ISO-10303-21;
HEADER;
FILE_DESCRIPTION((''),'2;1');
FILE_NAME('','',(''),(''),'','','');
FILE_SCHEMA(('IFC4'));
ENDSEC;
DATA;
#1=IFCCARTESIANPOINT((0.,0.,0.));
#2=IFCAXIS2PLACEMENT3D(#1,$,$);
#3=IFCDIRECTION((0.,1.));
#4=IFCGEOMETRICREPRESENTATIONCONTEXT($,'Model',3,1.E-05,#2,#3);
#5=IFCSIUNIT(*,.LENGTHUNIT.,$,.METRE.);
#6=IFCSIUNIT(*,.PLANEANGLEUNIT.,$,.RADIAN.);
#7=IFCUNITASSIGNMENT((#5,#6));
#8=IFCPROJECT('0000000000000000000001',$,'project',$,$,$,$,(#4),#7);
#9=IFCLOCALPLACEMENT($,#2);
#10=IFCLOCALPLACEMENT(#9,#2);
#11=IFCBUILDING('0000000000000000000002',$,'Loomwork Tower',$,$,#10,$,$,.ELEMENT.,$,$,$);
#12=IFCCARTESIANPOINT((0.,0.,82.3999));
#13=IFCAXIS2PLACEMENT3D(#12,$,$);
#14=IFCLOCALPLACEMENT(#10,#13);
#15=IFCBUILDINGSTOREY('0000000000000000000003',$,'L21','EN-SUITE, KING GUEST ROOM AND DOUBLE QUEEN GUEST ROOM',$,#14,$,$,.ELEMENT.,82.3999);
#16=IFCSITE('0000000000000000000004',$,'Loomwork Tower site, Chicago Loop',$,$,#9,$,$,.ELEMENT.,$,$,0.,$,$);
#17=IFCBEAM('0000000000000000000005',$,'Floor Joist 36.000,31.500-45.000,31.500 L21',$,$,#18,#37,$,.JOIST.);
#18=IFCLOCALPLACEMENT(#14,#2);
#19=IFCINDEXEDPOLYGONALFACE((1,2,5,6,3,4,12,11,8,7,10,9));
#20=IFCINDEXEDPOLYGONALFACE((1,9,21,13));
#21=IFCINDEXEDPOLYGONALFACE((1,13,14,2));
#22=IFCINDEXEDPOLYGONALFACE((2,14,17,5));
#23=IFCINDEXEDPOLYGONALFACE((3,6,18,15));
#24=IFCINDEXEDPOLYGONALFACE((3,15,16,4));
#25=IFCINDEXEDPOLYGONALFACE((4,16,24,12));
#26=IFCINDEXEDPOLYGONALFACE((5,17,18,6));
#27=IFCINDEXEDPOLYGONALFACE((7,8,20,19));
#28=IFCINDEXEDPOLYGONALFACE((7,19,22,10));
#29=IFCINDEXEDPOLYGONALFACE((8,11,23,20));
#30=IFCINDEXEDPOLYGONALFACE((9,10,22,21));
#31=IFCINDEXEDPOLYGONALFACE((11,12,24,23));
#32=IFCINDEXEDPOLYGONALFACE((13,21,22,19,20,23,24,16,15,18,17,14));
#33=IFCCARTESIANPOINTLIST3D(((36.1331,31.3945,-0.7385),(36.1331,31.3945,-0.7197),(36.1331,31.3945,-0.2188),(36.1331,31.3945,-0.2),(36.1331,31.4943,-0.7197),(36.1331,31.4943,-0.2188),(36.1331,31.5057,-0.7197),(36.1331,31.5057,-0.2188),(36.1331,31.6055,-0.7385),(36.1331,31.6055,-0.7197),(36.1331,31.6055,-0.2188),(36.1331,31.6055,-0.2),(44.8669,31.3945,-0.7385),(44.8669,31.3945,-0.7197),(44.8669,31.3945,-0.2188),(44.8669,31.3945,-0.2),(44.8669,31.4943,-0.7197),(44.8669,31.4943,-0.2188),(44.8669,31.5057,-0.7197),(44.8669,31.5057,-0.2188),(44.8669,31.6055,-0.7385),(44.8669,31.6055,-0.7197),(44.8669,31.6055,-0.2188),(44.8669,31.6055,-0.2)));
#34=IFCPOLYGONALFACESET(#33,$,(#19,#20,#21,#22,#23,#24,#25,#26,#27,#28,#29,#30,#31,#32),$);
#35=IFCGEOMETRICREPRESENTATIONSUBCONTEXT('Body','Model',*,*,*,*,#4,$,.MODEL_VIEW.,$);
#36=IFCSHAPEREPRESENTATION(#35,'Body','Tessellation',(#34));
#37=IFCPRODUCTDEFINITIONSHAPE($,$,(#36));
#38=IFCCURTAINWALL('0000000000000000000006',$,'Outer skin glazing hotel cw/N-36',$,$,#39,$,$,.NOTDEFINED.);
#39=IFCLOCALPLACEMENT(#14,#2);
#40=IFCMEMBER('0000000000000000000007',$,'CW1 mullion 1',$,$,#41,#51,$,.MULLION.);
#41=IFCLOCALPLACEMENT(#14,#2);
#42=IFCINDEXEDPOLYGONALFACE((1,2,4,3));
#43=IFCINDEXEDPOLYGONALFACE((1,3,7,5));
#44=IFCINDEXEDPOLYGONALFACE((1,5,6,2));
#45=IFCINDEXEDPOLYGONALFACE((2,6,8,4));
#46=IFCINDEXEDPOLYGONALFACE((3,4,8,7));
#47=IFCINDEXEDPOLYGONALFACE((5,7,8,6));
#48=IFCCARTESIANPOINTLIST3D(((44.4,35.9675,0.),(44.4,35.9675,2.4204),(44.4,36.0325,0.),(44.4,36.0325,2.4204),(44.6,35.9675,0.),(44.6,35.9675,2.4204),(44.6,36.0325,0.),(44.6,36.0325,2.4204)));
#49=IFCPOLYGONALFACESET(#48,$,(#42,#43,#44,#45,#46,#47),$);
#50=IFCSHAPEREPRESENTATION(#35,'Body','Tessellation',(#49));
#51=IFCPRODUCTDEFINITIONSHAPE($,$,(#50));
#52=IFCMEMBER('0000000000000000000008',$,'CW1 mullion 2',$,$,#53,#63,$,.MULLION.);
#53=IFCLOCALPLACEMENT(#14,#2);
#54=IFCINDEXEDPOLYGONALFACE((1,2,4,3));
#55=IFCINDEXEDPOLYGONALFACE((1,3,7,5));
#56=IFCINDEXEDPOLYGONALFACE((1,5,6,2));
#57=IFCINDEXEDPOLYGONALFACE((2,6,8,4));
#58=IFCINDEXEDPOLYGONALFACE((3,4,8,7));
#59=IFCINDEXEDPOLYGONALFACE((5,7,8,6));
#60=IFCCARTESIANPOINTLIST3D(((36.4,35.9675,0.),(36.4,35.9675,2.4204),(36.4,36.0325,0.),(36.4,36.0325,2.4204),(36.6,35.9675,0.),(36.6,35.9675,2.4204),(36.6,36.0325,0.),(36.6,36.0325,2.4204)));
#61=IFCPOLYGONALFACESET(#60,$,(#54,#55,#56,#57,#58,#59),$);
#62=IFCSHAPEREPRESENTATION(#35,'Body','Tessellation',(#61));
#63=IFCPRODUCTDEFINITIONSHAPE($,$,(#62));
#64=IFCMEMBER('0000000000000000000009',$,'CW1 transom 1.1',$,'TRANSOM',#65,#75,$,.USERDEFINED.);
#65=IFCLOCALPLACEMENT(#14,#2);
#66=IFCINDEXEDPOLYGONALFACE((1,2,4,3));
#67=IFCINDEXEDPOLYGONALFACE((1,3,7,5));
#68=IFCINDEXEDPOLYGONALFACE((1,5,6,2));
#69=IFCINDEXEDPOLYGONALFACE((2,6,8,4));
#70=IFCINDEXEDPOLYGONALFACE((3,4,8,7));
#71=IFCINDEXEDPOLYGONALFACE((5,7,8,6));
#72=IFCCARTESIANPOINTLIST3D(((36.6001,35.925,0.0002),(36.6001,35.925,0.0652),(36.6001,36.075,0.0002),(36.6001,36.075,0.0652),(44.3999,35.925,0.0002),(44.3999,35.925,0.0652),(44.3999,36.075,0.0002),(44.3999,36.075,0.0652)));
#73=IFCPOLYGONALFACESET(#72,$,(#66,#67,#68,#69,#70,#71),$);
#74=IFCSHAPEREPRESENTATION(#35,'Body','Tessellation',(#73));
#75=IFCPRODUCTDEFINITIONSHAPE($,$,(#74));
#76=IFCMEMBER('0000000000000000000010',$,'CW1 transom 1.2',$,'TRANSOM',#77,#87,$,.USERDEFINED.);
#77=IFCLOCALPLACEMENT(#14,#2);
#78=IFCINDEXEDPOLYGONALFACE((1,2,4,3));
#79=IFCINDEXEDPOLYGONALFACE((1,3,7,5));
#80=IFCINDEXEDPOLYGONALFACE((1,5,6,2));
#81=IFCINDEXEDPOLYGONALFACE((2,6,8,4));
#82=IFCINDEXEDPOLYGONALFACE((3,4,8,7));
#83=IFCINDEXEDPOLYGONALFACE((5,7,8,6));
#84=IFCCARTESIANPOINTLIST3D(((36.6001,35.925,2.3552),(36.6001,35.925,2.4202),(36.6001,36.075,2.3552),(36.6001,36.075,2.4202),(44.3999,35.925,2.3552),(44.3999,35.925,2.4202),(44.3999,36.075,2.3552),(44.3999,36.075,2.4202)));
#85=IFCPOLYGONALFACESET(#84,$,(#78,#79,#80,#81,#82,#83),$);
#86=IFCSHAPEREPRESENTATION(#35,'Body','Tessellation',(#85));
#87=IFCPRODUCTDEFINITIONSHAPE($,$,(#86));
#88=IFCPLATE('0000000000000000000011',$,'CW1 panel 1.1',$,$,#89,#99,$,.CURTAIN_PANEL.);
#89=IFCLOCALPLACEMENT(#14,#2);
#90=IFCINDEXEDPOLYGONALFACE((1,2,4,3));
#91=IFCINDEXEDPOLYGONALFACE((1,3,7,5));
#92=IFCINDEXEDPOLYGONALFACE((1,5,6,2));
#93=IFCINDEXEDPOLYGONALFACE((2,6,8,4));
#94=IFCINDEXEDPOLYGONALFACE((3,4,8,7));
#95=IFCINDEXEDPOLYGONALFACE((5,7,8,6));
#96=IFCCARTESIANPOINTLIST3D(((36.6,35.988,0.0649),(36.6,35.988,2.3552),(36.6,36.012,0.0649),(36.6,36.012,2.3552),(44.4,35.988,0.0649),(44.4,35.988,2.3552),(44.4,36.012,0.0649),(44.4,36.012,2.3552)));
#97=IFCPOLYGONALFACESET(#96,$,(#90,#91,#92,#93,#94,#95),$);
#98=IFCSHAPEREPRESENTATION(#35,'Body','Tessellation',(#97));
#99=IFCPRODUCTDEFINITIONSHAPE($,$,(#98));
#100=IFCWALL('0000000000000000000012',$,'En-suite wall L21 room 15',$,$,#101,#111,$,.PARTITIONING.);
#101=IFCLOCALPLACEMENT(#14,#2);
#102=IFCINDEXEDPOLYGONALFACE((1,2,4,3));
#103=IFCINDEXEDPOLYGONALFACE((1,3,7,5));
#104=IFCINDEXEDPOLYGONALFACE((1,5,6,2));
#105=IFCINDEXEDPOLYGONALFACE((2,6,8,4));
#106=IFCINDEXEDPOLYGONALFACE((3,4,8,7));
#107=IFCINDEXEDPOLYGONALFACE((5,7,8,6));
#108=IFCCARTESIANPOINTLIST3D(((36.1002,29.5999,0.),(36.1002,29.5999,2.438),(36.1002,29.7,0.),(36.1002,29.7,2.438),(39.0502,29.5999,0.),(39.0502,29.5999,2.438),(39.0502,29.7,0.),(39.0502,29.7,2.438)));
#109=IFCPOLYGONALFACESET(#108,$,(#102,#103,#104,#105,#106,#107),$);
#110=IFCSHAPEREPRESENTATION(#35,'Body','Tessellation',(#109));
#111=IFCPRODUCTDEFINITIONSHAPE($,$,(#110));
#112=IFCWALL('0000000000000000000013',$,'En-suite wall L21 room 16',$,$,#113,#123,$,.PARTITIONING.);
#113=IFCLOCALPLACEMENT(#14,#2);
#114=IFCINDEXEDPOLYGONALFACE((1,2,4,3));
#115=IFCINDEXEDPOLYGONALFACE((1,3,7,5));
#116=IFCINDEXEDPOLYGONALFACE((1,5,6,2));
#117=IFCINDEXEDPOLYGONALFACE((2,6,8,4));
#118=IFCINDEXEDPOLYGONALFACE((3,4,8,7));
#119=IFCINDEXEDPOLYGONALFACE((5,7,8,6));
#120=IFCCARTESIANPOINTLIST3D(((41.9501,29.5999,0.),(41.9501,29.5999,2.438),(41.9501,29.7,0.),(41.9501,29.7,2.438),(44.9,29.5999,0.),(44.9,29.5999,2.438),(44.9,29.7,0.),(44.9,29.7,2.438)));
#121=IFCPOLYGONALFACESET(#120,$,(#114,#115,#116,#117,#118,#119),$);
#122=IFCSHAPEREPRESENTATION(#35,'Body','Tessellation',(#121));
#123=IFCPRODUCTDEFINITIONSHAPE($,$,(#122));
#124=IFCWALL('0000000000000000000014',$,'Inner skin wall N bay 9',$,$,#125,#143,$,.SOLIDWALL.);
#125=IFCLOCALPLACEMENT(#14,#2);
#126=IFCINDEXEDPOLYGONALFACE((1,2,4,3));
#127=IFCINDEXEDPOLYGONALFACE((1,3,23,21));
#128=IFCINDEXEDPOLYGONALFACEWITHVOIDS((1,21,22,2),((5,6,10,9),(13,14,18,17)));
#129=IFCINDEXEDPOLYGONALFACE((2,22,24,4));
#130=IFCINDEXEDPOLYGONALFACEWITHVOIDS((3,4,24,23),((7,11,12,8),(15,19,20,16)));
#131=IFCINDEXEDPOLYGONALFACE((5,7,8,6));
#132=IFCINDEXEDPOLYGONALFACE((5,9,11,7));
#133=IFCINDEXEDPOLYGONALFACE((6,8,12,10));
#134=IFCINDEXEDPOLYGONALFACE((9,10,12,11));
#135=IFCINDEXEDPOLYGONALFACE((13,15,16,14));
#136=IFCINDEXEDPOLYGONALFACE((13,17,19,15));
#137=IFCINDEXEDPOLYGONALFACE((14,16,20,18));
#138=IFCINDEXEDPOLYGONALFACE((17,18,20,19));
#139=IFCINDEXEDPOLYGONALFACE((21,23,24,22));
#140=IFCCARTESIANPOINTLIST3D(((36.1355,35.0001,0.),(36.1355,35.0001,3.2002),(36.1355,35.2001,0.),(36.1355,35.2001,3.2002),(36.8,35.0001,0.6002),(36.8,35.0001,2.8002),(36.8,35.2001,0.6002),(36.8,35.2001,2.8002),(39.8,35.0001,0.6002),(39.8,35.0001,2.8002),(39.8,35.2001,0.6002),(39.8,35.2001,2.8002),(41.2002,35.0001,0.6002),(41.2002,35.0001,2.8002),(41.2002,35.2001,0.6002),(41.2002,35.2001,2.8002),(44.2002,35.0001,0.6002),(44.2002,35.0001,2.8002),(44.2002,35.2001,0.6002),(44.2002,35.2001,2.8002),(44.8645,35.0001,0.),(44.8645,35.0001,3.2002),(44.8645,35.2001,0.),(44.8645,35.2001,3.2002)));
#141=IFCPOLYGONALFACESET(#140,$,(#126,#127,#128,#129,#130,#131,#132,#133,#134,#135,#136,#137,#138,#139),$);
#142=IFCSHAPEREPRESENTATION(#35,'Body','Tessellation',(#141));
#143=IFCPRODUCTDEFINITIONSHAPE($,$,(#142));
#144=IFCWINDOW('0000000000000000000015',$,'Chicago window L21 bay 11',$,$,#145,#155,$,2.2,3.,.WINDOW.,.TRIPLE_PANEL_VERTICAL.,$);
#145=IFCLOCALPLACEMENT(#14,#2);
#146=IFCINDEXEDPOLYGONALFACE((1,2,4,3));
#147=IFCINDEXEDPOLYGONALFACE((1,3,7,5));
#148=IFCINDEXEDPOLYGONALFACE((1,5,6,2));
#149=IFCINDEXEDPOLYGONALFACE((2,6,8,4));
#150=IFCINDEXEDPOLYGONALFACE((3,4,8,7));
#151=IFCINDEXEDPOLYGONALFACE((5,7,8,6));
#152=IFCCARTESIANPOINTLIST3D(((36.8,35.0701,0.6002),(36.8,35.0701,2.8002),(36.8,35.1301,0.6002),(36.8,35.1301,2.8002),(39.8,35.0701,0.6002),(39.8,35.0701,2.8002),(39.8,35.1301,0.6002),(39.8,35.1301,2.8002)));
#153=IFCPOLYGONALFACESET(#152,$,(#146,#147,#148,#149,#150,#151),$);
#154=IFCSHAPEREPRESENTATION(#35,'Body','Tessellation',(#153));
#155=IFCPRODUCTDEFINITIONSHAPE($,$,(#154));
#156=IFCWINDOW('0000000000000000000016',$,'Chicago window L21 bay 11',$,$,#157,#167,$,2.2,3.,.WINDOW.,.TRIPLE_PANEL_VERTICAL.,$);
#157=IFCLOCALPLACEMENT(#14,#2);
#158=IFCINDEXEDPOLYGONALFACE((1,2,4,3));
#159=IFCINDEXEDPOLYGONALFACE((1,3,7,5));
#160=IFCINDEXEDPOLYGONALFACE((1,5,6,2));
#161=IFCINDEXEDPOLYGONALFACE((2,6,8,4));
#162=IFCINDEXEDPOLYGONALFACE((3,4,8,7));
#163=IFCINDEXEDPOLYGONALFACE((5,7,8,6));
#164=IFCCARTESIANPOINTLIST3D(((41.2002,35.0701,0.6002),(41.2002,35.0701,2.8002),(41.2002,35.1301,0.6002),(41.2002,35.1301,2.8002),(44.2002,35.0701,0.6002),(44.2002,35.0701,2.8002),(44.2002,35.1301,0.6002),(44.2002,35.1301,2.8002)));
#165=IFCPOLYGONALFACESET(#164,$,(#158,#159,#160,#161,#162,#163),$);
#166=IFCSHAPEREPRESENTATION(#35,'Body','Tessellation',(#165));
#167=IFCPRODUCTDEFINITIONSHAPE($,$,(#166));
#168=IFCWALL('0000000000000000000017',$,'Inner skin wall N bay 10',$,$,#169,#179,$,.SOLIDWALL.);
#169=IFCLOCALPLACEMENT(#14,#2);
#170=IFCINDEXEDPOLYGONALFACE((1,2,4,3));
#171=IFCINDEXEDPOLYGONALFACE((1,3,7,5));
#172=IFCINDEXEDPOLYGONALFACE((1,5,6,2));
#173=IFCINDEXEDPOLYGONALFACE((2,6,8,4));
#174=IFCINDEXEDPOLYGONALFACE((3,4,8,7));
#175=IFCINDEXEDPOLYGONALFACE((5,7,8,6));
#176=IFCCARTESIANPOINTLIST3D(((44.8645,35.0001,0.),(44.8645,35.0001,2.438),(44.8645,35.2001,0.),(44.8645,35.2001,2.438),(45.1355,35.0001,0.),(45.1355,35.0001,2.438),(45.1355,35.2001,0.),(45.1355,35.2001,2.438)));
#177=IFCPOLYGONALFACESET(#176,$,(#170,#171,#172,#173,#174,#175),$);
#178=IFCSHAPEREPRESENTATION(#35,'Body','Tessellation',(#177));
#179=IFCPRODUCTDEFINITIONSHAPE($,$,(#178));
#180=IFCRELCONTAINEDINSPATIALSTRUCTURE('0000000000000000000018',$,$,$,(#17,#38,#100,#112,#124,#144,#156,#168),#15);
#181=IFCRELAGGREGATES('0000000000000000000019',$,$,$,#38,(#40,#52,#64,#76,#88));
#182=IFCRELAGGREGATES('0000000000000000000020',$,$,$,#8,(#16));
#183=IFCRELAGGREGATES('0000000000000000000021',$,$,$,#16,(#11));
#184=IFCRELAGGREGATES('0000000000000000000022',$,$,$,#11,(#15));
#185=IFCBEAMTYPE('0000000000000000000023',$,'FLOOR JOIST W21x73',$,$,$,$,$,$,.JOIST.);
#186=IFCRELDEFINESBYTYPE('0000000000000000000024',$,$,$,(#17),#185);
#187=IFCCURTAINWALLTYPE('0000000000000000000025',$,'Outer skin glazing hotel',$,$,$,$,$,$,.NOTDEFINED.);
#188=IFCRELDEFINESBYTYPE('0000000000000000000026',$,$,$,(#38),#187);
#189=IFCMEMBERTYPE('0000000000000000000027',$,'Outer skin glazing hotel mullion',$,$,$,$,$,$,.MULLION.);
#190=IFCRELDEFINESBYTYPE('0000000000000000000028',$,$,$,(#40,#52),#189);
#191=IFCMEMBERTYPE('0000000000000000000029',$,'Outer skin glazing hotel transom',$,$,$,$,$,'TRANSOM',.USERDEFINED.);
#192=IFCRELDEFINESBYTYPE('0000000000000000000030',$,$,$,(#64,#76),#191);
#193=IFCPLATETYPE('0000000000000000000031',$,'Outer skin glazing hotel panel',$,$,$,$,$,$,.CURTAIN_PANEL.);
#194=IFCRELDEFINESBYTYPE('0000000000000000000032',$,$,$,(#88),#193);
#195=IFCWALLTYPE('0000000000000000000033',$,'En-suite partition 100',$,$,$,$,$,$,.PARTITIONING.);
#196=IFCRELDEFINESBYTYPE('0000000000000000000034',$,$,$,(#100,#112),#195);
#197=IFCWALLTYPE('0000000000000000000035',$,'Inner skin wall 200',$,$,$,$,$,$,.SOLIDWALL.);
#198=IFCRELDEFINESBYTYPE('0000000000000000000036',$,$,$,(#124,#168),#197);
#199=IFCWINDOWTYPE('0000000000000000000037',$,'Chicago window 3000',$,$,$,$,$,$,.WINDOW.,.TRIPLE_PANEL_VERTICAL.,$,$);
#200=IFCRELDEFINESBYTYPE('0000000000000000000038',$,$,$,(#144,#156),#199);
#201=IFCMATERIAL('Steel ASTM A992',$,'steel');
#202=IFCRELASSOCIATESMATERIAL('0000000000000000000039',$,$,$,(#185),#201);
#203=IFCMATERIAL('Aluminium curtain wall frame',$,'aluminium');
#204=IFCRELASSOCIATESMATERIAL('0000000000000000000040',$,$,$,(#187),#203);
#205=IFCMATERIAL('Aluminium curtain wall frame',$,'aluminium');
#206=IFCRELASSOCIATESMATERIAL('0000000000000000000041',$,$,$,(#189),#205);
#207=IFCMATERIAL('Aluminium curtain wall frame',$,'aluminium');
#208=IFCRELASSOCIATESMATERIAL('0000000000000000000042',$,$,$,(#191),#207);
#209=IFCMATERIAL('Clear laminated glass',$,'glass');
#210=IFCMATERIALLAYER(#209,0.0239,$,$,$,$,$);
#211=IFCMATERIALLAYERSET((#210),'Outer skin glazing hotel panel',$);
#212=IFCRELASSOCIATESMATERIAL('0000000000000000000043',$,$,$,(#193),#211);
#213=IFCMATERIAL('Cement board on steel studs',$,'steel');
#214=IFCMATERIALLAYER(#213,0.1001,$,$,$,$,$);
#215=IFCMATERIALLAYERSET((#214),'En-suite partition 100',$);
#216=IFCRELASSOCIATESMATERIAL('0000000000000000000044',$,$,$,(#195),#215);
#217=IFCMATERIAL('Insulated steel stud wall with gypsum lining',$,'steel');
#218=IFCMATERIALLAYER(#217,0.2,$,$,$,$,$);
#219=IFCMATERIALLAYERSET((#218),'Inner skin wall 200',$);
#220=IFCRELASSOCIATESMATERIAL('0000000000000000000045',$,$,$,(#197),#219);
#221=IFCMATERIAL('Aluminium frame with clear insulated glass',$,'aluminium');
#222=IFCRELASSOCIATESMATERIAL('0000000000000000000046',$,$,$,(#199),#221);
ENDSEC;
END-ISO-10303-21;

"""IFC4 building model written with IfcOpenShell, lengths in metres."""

from ifc_helpers import new_model, si_unit, direction, frame, frame_2d, origin, origin_2d, place, context, subcontext, project, spatial, rectangle, i_section, extrude, material, layer, layer_set, material_profile, profile_set, type_object, element, fill, aggregate, save


model = new_model("IFC4")

# Units and contexts
model_context = context("Model", 3, precision=1e-05, world=origin(), true_north=direction((0.0, 1.0)))
body_context = subcontext(model_context, "Body", "Model", "MODEL_VIEW")
ifc_project = project(units=[si_unit("LENGTHUNIT", "METRE"), si_unit("PLANEANGLEUNIT", "RADIAN")], contexts=[model_context])

# Site, building, storey
site_placement = place(None, origin())
site = spatial("IfcSite", under=ifc_project, at=site_placement, Name="Loomwork Tower site, Chicago Loop", CompositionType="ELEMENT", RefElevation=0.0)
building_placement = place(site_placement, origin())
building = spatial("IfcBuilding", under=site, at=building_placement, Name="Loomwork Tower", CompositionType="ELEMENT")
storey_placement = place(building_placement, frame((0.0, 0.0, 82.3999)))
storey = spatial("IfcBuildingStorey", under=building, at=storey_placement, Name="L21", Description="EN-SUITE, KING GUEST ROOM AND DOUBLE QUEEN GUEST ROOM", CompositionType="ELEMENT", Elevation=82.3999)

# Beam
ifc_material_1 = material(Name="Steel ASTM A992", Category="steel")
ifc_material_profile_1 = material_profile(ifc_material_1, i_section(OverallWidth=0.2109, OverallDepth=0.5386, WebThickness=0.0115, FlangeThickness=0.0188, at=origin_2d()), Name="W21x73")
ifc_profile_set_1 = profile_set([ifc_material_profile_1], Name="Steel ASTM A992")
beam_type = type_object("IfcBeamType", Name="FLOOR JOIST W21x73", PredefinedType="JOIST", material=ifc_profile_set_1)
beam_placement = place(storey_placement, frame((36.1331, 31.5, -0.4692), z_axis=(1.0, 0.0, 0.0), x_axis=(0.0, 1.0, 0.0)))
element("IfcBeam", 1, at=beam_placement, inside=storey, type_object=beam_type, Name="Floor Joist 36.000,31.500-45.000,31.500 L21", PredefinedType="JOIST", context=body_context, shape_type="SweptSolid", body=[
    extrude(i_section(OverallWidth=0.2109, OverallDepth=0.5386, WebThickness=0.0115, FlangeThickness=0.0188, at=origin_2d()), origin(), (0.0, 0.0, 1.0), 8.7339),
])

# Curtain wall, members, plate
ifc_material_2 = material(Name="Aluminium curtain wall frame", Category="aluminium")
curtain_wall_type = type_object("IfcCurtainWallType", Name="Outer skin glazing hotel", PredefinedType="NOTDEFINED", material=ifc_material_2)
curtain_wall_placement = place(storey_placement, origin())
curtain_wall = element("IfcCurtainWall", 2, at=curtain_wall_placement, inside=storey, type_object=curtain_wall_type, Name="Outer skin glazing hotel cw/N-36", PredefinedType="NOTDEFINED")
ifc_material_3 = material(Name="Aluminium curtain wall frame", Category="aluminium")
ifc_material_profile_2 = material_profile(ifc_material_3, rectangle(XDim=0.0649, YDim=0.2, at=origin_2d()), Name="AL 65x200")
ifc_profile_set_2 = profile_set([ifc_material_profile_2], Name="Aluminium curtain wall frame")
member_type_1 = type_object("IfcMemberType", Name="Outer skin glazing hotel mullion", PredefinedType="MULLION", material=ifc_profile_set_2)
member_1_placement = place(storey_placement, frame((44.5, 36.0, 0.0), z_axis=(0.0, 0.0, 1.0), x_axis=(0.0, -1.0, 0.0)))
member_1 = element("IfcMember", 3, at=member_1_placement, type_object=member_type_1, Name="CW1 mullion 1", PredefinedType="MULLION", context=body_context, shape_type="SweptSolid", body=[
    extrude(rectangle(XDim=0.0649, YDim=0.2, at=origin_2d()), origin(), (0.0, 0.0, 1.0), 2.4204),
])
member_2_placement = place(storey_placement, frame((36.5, 36.0, 0.0), z_axis=(0.0, 0.0, 1.0), x_axis=(0.0, -1.0, 0.0)))
member_2 = element("IfcMember", 4, at=member_2_placement, type_object=member_type_1, Name="CW1 mullion 2", PredefinedType="MULLION", context=body_context, shape_type="SweptSolid", body=[
    extrude(rectangle(XDim=0.0649, YDim=0.2, at=origin_2d()), origin(), (0.0, 0.0, 1.0), 2.4204),
])
ifc_material_4 = material(Name="Aluminium curtain wall frame", Category="aluminium")
ifc_material_profile_3 = material_profile(ifc_material_4, rectangle(XDim=0.1499, YDim=0.0649, at=origin_2d()), Name="AL 65x150")
ifc_profile_set_3 = profile_set([ifc_material_profile_3], Name="Aluminium curtain wall frame")
member_type_2 = type_object("IfcMemberType", Name="Outer skin glazing hotel transom", ElementType="TRANSOM", PredefinedType="USERDEFINED", material=ifc_profile_set_3)
member_3_placement = place(storey_placement, frame((44.3999, 36.0, 0.0327), z_axis=(-1.0, 0.0, 0.0), x_axis=(0.0, -1.0, 0.0)))
member_3 = element("IfcMember", 5, at=member_3_placement, type_object=member_type_2, Name="CW1 transom 1.1", ObjectType="TRANSOM", PredefinedType="USERDEFINED", context=body_context, shape_type="SweptSolid", body=[
    extrude(rectangle(XDim=0.1499, YDim=0.0649, at=origin_2d()), origin(), (0.0, 0.0, 1.0), 7.7998),
])
member_4_placement = place(storey_placement, frame((44.3999, 36.0, 2.3877), z_axis=(-1.0, 0.0, 0.0), x_axis=(0.0, -1.0, 0.0)))
member_4 = element("IfcMember", 6, at=member_4_placement, type_object=member_type_2, Name="CW1 transom 1.2", ObjectType="TRANSOM", PredefinedType="USERDEFINED", context=body_context, shape_type="SweptSolid", body=[
    extrude(rectangle(XDim=0.1499, YDim=0.0649, at=origin_2d()), origin(), (0.0, 0.0, 1.0), 7.7998),
])
ifc_material_5 = material(Name="Clear laminated glass", Category="glass")
ifc_layer_1 = layer(ifc_material_5, 0.0239)
ifc_layer_set_1 = layer_set([ifc_layer_1], Name="Outer skin glazing hotel panel")
plate_type = type_object("IfcPlateType", Name="Outer skin glazing hotel panel", PredefinedType="CURTAIN_PANEL", material=ifc_layer_set_1)
plate_placement = place(storey_placement, frame((40.5, 36.0, 0.0649), z_axis=(0.0, 0.0, 1.0), x_axis=(-1.0, 0.0, 0.0)))
plate = element("IfcPlate", 7, at=plate_placement, type_object=plate_type, Name="CW1 panel 1.1", PredefinedType="CURTAIN_PANEL", context=body_context, shape_type="SweptSolid", body=[
    extrude(rectangle(XDim=7.8, YDim=0.0239, at=origin_2d()), origin(), (0.0, 0.0, 1.0), 2.2903),
])
aggregate(curtain_wall, [member_1, member_2, member_3, member_4, plate])

# Walls
ifc_material_6 = material(Name="Cement board on steel studs", Category="steel")
ifc_layer_2 = layer(ifc_material_6, 0.1001)
ifc_layer_set_2 = layer_set([ifc_layer_2], Name="En-suite partition 100")
wall_type_1 = type_object("IfcWallType", Name="En-suite partition 100", PredefinedType="PARTITIONING", material=ifc_layer_set_2)
for number, where, z_axis, x_axis, name in (
    (8, (36.1001, 29.6499, 0.0), (0.0, 0.0, 1.0), (1.0, 0.0, 0.0), "En-suite wall L21 room 15"),
    (9, (41.95, 29.6499, 0.0), (0.0, 0.0, 1.0), (1.0, 0.0, 0.0), "En-suite wall L21 room 16"),
):
    element("IfcWall", number, at=place(storey_placement, frame(where, z_axis=z_axis, x_axis=x_axis)), inside=storey, type_object=wall_type_1, Name=name, PredefinedType="PARTITIONING", context=body_context, shape_type="SweptSolid", body=[
        extrude(rectangle(XDim=2.95, YDim=0.1001, at=frame_2d((1.4751, 0.0))), origin(), (0.0, 0.0, 1.0), 2.438),
    ])

# Wall, openings, windows
ifc_material_7 = material(Name="Insulated steel stud wall with gypsum lining", Category="steel")
ifc_layer_3 = layer(ifc_material_7, 0.2)
ifc_layer_set_3 = layer_set([ifc_layer_3], Name="Inner skin wall 200")
wall_type_2 = type_object("IfcWallType", Name="Inner skin wall 200", PredefinedType="SOLIDWALL", material=ifc_layer_set_3)
wall_1_placement = place(storey_placement, frame((36.1355, 35.1001, 0.0), z_axis=(0.0, 0.0, 1.0), x_axis=(1.0, 0.0, 0.0)))
wall_1 = element("IfcWall", 10, at=wall_1_placement, inside=storey, type_object=wall_type_2, Name="Inner skin wall N bay 9", PredefinedType="SOLIDWALL", context=body_context, shape_type="SweptSolid", body=[
    extrude(rectangle(XDim=8.729, YDim=0.2, at=frame_2d((4.3645, 0.0))), origin(), (0.0, 0.0, 1.0), 3.2002),
])
opening_1_placement = place(wall_1_placement, frame((0.6646, 0.0, 0.6001)))
opening_1 = element("IfcOpeningElement", 11, at=opening_1_placement, cuts=wall_1, PredefinedType="OPENING", context=body_context, shape_type="SweptSolid", body=[
    extrude(rectangle(XDim=3.0, YDim=2.2, at=frame_2d((1.5, 1.1001))), frame((0.0, 0.1099, 0.0), z_axis=(0.0, -1.0, 0.0), x_axis=(1.0, 0.0, 0.0)), (0.0, 0.0, 1.0), 0.22),
])
opening_2_placement = place(wall_1_placement, frame((5.0647, 0.0, 0.6001)))
opening_2 = element("IfcOpeningElement", 12, at=opening_2_placement, cuts=wall_1, PredefinedType="OPENING", context=body_context, shape_type="SweptSolid", body=[
    extrude(rectangle(XDim=3.0, YDim=2.2, at=frame_2d((1.5, 1.1001))), frame((0.0, 0.1099, 0.0), z_axis=(0.0, -1.0, 0.0), x_axis=(1.0, 0.0, 0.0)), (0.0, 0.0, 1.0), 0.22),
])
ifc_material_8 = material(Name="Aluminium frame with clear insulated glass", Category="aluminium")
window_type = type_object("IfcWindowType", Name="Chicago window 3000", PartitioningType="TRIPLE_PANEL_VERTICAL", PredefinedType="WINDOW", material=ifc_material_8)
window_1_placement = place(opening_1_placement, origin())
window_1 = element("IfcWindow", 13, at=window_1_placement, inside=storey, type_object=window_type, Name="Chicago window L21 bay 11", OverallHeight=2.2, OverallWidth=3.0, PartitioningType="TRIPLE_PANEL_VERTICAL", PredefinedType="WINDOW", context=body_context, shape_type="SweptSolid", body=[
    extrude(rectangle(XDim=3.0, YDim=2.2, at=frame_2d((1.5, 1.1001))), frame((0.0, 0.03, 0.0), z_axis=(0.0, -1.0, 0.0), x_axis=(1.0, 0.0, 0.0)), (0.0, 0.0, 1.0), 0.0601),
])
fill(opening_1, window_1)
window_2_placement = place(opening_2_placement, origin())
window_2 = element("IfcWindow", 14, at=window_2_placement, inside=storey, type_object=window_type, Name="Chicago window L21 bay 11", OverallHeight=2.2, OverallWidth=3.0, PartitioningType="TRIPLE_PANEL_VERTICAL", PredefinedType="WINDOW", context=body_context, shape_type="SweptSolid", body=[
    extrude(rectangle(XDim=3.0, YDim=2.2, at=frame_2d((1.5, 1.1001))), frame((0.0, 0.03, 0.0), z_axis=(0.0, -1.0, 0.0), x_axis=(1.0, 0.0, 0.0)), (0.0, 0.0, 1.0), 0.0601),
])
fill(opening_2, window_2)

# Wall
wall_2_placement = place(storey_placement, frame((44.8645, 35.1001, 0.0), z_axis=(0.0, 0.0, 1.0), x_axis=(1.0, 0.0, 0.0)))
element("IfcWall", 15, at=wall_2_placement, inside=storey, type_object=wall_type_2, Name="Inner skin wall N bay 10", PredefinedType="SOLIDWALL", context=body_context, shape_type="SweptSolid", body=[
    extrude(rectangle(XDim=0.271, YDim=0.2, at=frame_2d((0.1355, 0.0))), origin(), (0.0, 0.0, 1.0), 2.438),
])

save(model, "model.ifc")
